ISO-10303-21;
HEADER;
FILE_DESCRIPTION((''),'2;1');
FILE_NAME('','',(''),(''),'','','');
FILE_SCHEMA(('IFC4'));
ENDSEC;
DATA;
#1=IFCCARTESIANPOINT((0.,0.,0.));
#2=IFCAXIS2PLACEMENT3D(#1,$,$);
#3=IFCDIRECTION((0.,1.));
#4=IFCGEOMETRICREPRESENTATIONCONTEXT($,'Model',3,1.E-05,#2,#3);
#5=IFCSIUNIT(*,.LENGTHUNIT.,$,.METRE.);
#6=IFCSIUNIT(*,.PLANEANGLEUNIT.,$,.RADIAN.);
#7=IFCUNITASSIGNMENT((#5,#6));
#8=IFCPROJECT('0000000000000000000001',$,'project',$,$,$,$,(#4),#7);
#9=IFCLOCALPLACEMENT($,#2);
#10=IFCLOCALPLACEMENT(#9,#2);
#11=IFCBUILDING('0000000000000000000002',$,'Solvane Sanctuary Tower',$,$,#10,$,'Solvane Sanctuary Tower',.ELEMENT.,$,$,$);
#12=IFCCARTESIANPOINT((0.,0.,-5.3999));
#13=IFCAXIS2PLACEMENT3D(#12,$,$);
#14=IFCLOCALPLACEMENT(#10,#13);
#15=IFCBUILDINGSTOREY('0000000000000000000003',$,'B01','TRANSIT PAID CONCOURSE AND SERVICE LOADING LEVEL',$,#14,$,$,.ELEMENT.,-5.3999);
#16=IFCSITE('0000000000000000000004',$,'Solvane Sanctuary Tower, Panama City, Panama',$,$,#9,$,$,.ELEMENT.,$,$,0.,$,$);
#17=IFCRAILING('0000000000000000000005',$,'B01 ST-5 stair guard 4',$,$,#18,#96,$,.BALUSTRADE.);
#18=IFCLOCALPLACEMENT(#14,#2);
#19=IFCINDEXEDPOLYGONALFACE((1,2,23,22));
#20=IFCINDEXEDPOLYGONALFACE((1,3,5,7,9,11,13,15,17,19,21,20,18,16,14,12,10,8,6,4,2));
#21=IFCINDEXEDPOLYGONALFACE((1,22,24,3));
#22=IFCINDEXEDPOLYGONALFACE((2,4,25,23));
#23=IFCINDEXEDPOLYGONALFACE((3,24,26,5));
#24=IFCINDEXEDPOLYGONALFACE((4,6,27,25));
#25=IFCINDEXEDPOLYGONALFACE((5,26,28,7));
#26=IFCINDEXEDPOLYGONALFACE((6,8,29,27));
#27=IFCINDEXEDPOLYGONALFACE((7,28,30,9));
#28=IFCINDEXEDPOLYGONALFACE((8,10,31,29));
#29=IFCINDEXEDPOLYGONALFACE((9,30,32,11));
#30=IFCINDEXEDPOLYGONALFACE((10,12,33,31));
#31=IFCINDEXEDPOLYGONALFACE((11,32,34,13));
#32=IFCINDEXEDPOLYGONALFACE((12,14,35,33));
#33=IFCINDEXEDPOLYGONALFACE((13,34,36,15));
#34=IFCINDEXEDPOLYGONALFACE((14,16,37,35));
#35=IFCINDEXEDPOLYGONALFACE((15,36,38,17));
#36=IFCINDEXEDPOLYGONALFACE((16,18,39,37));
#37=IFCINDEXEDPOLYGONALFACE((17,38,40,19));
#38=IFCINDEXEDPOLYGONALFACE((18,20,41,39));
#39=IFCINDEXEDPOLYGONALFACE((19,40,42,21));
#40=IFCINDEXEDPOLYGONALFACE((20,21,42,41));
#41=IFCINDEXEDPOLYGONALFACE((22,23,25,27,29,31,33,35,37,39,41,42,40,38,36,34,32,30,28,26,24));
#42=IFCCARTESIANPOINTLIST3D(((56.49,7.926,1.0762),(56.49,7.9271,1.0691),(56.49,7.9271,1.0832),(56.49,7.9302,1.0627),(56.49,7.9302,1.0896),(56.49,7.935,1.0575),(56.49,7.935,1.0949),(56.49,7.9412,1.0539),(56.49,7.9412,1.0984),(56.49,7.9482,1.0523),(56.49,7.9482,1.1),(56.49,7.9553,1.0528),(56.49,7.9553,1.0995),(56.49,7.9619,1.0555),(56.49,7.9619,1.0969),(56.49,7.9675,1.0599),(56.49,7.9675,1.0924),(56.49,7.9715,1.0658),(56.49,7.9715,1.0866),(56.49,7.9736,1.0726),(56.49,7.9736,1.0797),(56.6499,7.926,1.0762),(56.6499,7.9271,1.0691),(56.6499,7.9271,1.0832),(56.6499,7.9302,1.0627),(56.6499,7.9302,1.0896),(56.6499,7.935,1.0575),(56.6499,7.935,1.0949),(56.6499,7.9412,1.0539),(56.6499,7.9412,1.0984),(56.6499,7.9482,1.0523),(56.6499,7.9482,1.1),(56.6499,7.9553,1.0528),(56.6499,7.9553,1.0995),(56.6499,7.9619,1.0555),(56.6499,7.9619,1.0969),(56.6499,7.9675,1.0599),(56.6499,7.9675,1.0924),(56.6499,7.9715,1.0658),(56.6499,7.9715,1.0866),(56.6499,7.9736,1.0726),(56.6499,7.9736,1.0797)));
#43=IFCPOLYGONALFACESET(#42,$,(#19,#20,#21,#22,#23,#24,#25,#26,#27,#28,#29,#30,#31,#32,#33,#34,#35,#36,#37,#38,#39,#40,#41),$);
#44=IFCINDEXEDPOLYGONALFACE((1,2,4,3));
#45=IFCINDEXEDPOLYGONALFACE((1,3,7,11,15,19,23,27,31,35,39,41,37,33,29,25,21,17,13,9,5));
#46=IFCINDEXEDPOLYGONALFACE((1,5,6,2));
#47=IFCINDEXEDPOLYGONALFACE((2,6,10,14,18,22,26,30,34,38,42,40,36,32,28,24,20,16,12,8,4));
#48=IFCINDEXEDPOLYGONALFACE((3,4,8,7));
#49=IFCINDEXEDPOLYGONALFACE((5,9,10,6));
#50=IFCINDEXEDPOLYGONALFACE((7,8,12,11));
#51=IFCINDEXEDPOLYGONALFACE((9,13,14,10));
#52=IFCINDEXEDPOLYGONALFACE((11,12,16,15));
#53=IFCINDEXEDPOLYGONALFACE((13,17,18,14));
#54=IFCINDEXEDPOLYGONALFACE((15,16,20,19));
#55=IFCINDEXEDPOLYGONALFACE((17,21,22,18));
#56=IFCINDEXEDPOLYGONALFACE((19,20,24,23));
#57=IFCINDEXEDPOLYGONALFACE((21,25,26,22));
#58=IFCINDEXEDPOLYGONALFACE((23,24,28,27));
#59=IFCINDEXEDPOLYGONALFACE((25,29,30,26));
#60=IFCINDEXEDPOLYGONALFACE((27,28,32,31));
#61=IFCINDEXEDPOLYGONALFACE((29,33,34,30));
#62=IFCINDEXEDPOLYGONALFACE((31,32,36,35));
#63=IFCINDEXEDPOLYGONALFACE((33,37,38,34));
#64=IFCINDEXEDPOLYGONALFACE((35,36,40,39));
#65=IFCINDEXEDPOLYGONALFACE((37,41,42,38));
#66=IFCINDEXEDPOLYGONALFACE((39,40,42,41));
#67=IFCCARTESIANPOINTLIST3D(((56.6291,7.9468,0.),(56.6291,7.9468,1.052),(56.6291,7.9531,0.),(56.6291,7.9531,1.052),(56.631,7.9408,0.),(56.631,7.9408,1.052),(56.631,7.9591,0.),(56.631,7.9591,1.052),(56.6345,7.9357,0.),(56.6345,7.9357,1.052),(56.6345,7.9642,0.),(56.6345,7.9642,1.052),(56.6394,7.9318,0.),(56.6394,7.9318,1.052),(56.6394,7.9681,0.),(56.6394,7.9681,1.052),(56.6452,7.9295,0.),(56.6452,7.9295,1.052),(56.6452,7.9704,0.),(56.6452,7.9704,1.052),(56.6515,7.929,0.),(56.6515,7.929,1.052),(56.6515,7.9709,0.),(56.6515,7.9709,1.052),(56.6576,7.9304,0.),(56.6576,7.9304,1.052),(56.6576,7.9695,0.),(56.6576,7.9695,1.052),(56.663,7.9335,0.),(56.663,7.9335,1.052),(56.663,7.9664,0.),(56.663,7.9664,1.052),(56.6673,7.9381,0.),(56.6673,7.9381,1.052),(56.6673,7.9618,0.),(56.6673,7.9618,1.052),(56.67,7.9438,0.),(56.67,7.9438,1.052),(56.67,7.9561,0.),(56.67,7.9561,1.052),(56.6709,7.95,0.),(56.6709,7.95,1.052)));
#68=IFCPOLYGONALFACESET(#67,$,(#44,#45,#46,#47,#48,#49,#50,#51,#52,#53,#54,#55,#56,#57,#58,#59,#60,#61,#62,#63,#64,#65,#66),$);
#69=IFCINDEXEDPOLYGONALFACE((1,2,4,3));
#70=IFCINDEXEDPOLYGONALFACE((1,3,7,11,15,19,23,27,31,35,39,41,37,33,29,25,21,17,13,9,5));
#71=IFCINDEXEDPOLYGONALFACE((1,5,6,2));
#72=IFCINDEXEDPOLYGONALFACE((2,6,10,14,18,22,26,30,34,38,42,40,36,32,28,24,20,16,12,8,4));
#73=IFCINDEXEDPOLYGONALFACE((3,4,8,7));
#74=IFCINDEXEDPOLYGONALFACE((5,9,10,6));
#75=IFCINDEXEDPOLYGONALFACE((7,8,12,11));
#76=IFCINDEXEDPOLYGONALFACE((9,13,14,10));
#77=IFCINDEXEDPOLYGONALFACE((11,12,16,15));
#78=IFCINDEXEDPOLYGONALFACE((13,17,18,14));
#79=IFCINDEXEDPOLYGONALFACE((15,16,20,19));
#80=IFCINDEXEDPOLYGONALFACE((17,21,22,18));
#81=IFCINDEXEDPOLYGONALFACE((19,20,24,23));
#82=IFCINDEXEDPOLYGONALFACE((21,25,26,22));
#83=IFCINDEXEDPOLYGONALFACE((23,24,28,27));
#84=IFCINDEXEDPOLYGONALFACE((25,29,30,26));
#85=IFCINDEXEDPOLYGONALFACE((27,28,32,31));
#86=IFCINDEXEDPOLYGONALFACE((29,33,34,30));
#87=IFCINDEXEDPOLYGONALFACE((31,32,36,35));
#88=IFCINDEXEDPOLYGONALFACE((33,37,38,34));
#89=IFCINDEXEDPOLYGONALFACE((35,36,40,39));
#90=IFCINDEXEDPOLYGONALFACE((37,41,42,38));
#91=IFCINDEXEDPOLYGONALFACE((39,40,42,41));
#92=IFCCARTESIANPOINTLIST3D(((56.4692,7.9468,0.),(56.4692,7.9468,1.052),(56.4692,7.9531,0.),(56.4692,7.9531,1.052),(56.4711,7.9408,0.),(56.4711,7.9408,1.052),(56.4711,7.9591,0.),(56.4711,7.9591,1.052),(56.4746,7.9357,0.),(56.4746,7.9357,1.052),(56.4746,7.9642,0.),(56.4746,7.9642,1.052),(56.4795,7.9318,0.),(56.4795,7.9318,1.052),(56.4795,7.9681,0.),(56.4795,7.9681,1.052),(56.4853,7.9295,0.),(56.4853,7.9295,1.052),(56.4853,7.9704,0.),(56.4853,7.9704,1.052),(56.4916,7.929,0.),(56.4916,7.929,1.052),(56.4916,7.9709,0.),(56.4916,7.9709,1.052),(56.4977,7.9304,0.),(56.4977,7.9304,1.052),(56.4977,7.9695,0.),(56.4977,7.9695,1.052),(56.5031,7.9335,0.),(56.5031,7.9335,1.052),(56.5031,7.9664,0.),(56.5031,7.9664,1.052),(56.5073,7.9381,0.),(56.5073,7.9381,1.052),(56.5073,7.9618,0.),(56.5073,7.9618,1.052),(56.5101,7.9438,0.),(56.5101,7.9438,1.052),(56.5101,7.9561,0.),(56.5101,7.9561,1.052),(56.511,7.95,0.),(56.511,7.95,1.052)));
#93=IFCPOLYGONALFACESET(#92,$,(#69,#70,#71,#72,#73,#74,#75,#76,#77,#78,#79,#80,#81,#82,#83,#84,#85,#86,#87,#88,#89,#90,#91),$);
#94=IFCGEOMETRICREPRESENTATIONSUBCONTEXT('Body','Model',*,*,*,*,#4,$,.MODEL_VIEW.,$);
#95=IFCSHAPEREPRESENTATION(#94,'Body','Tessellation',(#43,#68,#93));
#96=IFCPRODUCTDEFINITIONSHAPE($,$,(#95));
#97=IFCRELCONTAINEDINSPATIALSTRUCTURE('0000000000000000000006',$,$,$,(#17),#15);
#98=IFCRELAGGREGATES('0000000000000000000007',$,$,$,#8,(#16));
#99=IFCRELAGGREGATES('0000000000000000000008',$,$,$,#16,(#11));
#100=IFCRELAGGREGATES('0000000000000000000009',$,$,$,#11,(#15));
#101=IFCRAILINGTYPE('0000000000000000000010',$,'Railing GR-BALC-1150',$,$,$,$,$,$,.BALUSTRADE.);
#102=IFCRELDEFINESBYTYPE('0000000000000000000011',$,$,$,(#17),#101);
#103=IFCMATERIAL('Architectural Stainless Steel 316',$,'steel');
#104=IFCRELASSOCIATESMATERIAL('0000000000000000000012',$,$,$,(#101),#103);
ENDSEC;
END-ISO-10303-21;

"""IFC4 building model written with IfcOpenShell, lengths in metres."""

from ifc_helpers import new_model, si_unit, direction, frame, origin, origin_2d, place, context, subcontext, project, spatial, circle, extrude, material, type_object, element, save


model = new_model("IFC4")

# Units and contexts
model_context = context("Model", 3, precision=1e-05, world=origin(), true_north=direction((0.0, 1.0)))
body_context = subcontext(model_context, "Body", "Model", "MODEL_VIEW")
ifc_project = project(units=[si_unit("LENGTHUNIT", "METRE"), si_unit("PLANEANGLEUNIT", "RADIAN")], contexts=[model_context])

# Site, building, storey
site_placement = place(None, origin())
site = spatial("IfcSite", under=ifc_project, at=site_placement, Name="Solvane Sanctuary Tower, Panama City, Panama", CompositionType="ELEMENT", RefElevation=0.0)
building_placement = place(site_placement, origin())
building = spatial("IfcBuilding", under=site, at=building_placement, Name="Solvane Sanctuary Tower", LongName="Solvane Sanctuary Tower", CompositionType="ELEMENT")
storey_placement = place(building_placement, frame((0.0, 0.0, -5.3999)))
storey = spatial("IfcBuildingStorey", under=building, at=storey_placement, Name="B01", Description="TRANSIT PAID CONCOURSE AND SERVICE LOADING LEVEL", CompositionType="ELEMENT", Elevation=-5.3999)

# Shared definitions
ifc_material_1 = material(Name="Architectural Stainless Steel 316", Category="steel")

# Railing
railing_type_1 = type_object("IfcRailingType", Name="Railing GR-BALC-1150", PredefinedType="BALUSTRADE", material=ifc_material_1)
railing_1_placement = place(storey_placement, frame((56.6499, 7.95, 0.0)))
element("IfcRailing", 1, at=railing_1_placement, inside=storey, type_object=railing_type_1, Name="B01 ST-5 stair guard 4", PredefinedType="BALUSTRADE", context=body_context, shape_type="SweptSolid", body=[
    extrude(circle(Radius=0.0239, at=origin_2d()), frame((0.0, 0.0, 1.0762), z_axis=(-1.0, 0.0, 0.0), x_axis=(0.0, -1.0, 0.0)), (0.0, 0.0, 1.0), 0.1599),
    extrude(circle(Radius=0.021, at=origin_2d()), origin(), (0.0, 0.0, 1.0), 1.052),
    extrude(circle(Radius=0.021, at=origin_2d()), frame((-0.1599, 0.0, 0.0)), (0.0, 0.0, 1.0), 1.052),
])

save(model, "model.ifc")
